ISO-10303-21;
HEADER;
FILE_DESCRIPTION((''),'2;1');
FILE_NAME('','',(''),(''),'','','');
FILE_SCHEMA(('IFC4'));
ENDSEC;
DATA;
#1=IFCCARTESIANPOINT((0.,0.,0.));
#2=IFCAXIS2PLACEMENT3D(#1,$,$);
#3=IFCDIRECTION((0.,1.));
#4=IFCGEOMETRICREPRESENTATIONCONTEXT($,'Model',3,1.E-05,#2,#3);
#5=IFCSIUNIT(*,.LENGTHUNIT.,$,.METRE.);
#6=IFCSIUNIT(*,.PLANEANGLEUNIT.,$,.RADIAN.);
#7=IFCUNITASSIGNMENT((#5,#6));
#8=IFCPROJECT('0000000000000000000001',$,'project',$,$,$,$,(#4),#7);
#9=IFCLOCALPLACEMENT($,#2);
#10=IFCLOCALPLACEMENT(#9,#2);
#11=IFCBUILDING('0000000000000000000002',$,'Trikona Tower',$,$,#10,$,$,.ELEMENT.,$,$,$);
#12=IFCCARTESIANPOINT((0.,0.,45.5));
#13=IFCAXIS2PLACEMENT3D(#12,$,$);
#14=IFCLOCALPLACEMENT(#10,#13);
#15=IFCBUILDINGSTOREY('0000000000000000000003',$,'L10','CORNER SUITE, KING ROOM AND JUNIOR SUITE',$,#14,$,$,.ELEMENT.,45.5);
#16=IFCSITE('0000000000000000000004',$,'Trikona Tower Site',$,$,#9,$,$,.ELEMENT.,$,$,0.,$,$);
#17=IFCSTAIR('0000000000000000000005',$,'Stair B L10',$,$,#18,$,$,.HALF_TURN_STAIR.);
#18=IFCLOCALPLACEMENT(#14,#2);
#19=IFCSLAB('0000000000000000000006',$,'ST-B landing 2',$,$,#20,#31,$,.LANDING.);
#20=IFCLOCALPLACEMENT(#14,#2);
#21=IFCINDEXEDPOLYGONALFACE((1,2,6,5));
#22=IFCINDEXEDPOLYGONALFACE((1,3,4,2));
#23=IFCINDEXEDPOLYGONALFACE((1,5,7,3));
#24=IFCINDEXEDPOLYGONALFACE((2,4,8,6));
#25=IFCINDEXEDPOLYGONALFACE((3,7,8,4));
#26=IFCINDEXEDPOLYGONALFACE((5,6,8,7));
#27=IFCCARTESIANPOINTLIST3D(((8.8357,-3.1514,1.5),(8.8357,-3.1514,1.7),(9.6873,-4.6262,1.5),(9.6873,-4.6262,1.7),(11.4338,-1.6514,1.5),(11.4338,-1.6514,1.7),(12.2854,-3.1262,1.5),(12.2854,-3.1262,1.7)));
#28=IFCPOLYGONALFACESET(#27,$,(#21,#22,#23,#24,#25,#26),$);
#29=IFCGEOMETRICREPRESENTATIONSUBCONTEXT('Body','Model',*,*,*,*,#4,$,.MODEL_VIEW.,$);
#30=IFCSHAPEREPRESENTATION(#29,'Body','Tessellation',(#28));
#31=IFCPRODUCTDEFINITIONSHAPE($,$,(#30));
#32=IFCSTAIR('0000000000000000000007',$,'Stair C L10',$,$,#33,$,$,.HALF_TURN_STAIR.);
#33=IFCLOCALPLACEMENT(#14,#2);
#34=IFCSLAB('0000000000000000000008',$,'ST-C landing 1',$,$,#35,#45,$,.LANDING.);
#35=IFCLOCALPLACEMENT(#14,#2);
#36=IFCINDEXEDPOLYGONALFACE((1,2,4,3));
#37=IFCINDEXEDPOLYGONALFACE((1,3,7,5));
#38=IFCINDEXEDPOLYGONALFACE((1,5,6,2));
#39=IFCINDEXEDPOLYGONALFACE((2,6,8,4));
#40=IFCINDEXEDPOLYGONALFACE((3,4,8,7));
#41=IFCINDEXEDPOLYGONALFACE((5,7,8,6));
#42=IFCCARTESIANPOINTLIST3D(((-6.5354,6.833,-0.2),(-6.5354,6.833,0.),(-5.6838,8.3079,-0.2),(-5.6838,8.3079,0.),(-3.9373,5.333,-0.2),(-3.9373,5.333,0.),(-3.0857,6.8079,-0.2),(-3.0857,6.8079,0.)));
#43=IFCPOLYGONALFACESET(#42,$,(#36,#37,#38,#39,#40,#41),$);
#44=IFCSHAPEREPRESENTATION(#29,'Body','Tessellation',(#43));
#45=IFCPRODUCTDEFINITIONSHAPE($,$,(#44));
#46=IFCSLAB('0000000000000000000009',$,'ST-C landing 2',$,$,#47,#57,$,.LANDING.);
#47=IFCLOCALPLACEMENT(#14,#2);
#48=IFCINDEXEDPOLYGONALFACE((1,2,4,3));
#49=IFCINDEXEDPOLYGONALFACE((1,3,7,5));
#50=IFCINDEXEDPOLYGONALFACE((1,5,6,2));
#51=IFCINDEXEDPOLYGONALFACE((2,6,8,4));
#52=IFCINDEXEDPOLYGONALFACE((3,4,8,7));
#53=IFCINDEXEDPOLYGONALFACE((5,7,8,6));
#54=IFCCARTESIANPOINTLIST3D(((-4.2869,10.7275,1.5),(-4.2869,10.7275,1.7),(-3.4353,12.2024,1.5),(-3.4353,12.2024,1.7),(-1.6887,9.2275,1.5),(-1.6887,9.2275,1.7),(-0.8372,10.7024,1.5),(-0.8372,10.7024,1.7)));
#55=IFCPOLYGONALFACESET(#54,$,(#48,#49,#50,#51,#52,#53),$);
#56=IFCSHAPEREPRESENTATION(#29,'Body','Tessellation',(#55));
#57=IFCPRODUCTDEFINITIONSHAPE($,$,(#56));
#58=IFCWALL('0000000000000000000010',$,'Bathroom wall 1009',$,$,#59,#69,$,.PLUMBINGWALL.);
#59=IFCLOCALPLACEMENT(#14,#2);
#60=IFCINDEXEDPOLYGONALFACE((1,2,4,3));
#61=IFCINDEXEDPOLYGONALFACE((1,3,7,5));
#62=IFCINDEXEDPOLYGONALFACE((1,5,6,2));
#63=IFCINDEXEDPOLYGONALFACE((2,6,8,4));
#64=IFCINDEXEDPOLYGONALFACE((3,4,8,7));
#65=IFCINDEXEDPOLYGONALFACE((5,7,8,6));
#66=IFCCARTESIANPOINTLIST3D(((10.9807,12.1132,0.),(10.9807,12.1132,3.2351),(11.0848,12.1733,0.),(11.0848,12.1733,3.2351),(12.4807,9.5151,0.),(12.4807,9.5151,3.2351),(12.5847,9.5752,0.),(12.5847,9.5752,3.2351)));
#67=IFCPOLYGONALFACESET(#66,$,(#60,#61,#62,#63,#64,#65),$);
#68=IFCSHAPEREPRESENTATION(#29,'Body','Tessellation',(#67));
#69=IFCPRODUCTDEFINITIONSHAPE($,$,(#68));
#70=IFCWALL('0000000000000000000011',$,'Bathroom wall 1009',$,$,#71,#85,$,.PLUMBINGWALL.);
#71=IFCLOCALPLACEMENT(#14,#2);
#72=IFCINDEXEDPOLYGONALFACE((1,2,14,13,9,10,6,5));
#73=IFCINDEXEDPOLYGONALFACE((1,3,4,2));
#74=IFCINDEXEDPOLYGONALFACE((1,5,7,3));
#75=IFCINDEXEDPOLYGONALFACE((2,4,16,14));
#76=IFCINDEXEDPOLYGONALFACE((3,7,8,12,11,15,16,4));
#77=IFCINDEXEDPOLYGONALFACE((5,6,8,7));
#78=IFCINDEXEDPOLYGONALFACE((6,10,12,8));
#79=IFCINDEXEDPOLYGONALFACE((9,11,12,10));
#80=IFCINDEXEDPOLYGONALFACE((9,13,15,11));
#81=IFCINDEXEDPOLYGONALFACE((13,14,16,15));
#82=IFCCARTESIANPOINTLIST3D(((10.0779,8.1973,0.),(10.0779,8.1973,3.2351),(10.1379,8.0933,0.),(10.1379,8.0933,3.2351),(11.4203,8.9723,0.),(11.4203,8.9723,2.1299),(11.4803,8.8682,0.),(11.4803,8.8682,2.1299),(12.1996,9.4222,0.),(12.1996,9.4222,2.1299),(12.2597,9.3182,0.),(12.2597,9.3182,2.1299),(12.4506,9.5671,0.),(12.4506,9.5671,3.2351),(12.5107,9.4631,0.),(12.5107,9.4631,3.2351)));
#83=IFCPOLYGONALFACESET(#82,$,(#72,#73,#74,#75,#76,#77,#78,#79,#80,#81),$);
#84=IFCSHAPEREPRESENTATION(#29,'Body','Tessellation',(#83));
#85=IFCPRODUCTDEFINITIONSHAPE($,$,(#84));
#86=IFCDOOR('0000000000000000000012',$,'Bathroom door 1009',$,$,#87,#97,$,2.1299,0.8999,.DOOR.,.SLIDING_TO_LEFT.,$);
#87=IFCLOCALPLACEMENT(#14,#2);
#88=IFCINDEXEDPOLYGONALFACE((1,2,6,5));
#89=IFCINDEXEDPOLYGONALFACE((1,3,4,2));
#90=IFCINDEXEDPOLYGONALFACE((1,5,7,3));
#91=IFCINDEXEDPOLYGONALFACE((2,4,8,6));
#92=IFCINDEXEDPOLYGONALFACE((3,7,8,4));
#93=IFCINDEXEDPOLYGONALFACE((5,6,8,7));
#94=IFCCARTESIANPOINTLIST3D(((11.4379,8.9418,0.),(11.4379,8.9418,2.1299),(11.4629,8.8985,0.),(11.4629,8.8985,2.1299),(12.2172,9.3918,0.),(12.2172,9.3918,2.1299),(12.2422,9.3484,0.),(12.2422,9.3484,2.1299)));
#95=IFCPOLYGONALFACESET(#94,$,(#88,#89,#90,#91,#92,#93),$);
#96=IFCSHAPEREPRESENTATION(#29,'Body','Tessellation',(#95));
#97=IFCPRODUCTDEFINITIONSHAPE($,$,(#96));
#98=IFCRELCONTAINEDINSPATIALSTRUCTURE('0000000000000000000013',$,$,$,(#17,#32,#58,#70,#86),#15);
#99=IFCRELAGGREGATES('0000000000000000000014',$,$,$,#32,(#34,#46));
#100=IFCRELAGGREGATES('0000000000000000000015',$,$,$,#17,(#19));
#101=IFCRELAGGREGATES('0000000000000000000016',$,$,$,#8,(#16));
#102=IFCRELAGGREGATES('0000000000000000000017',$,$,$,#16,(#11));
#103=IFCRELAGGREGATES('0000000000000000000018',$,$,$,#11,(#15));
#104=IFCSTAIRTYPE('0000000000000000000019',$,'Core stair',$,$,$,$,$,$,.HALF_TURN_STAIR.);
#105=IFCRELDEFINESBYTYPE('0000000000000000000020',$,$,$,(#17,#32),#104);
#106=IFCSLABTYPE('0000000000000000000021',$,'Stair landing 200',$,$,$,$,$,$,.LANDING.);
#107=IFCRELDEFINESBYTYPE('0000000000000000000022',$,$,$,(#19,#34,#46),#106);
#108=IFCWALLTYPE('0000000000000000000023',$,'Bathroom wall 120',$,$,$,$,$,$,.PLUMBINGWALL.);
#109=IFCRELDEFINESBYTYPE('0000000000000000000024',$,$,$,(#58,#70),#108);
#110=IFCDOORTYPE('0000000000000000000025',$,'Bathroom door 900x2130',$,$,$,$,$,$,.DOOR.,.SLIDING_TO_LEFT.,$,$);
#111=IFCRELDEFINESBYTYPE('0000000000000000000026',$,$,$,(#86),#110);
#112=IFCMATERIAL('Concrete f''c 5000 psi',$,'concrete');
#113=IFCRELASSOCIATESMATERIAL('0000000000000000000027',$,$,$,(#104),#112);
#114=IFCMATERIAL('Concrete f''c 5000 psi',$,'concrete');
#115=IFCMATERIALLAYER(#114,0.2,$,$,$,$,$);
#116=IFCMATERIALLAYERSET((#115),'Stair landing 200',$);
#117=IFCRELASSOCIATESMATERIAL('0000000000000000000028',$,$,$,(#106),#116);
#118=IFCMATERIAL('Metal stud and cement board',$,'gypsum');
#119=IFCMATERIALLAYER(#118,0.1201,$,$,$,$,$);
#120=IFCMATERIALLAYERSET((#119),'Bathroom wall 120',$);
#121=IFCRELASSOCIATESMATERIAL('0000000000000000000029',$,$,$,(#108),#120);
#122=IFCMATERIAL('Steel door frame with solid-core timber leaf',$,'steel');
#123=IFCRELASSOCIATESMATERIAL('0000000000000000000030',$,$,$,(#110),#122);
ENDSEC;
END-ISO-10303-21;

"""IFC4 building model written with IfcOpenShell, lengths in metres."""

from ifc_helpers import new_model, si_unit, direction, frame, frame_2d, origin, place, context, subcontext, project, spatial, polyline, rectangle, outline, extrude, material, layer, layer_set, type_object, element, fill, aggregate, save


model = new_model("IFC4")

# Units and contexts
model_context = context("Model", 3, precision=1e-05, world=origin(), true_north=direction((0.0, 1.0)))
body_context = subcontext(model_context, "Body", "Model", "MODEL_VIEW")
ifc_project = project(units=[si_unit("LENGTHUNIT", "METRE"), si_unit("PLANEANGLEUNIT", "RADIAN")], contexts=[model_context])

# Site, building, storey
site_placement = place(None, origin())
site = spatial("IfcSite", under=ifc_project, at=site_placement, Name="Trikona Tower Site", CompositionType="ELEMENT", RefElevation=0.0)
building_placement = place(site_placement, origin())
building = spatial("IfcBuilding", under=site, at=building_placement, Name="Trikona Tower", CompositionType="ELEMENT")
storey_placement = place(building_placement, frame((0.0, 0.0, 45.5)))
storey = spatial("IfcBuildingStorey", under=building, at=storey_placement, Name="L10", Description="CORNER SUITE, KING ROOM AND JUNIOR SUITE", CompositionType="ELEMENT", Elevation=45.5)

# Stairs, slabs
ifc_material_1 = material(Name="Concrete f'c 5000 psi", Category="concrete")
stair_type = type_object("IfcStairType", Name="Core stair", PredefinedType="HALF_TURN_STAIR", material=ifc_material_1)
ifc_material_2 = material(Name="Concrete f'c 5000 psi", Category="concrete")
ifc_layer_1 = layer(ifc_material_2, 0.2)
ifc_layer_set_1 = layer_set([ifc_layer_1], Name="Stair landing 200")
slab_type_1 = type_object("IfcSlabType", Name="Stair landing 200", PredefinedType="LANDING", material=ifc_layer_set_1)
stair_1_placement = place(storey_placement, origin())
stair_1 = element("IfcStair", 1, at=stair_1_placement, inside=storey, type_object=stair_type, Name="Stair B L10", PredefinedType="HALF_TURN_STAIR")
slab_1_placement = place(storey_placement, frame((0.0, 0.0, 1.5)))
slab_1 = element("IfcSlab", 2, at=slab_1_placement, type_object=slab_type_1, Name="ST-B landing 2", PredefinedType="LANDING", context=body_context, shape_type="SweptSolid", body=[
    extrude(outline(polyline([(9.6873, -4.6262), (8.8357, -3.1514), (11.4338, -1.6514), (12.2854, -3.1262), (9.6873, -4.6262)])), origin(), (0.0, 0.0, 1.0), 0.2),
])
stair_2_placement = place(storey_placement, origin())
stair_2 = element("IfcStair", 3, at=stair_2_placement, inside=storey, type_object=stair_type, Name="Stair C L10", PredefinedType="HALF_TURN_STAIR")
slab_2_placement = place(storey_placement, frame((0.0, 0.0, -0.2)))
slab_2 = element("IfcSlab", 4, at=slab_2_placement, type_object=slab_type_1, Name="ST-C landing 1", PredefinedType="LANDING", context=body_context, shape_type="SweptSolid", body=[
    extrude(outline(polyline([(-3.0857, 6.8079), (-3.9373, 5.333), (-6.5354, 6.833), (-5.6838, 8.3079), (-3.0857, 6.8079)])), origin(), (0.0, 0.0, 1.0), 0.2),
])
slab_3_placement = place(storey_placement, frame((0.0, 0.0, 1.5)))
slab_3 = element("IfcSlab", 5, at=slab_3_placement, type_object=slab_type_1, Name="ST-C landing 2", PredefinedType="LANDING", context=body_context, shape_type="SweptSolid", body=[
    extrude(outline(polyline([(-0.8372, 10.7024), (-1.6887, 9.2275), (-4.2869, 10.7275), (-3.4353, 12.2024), (-0.8372, 10.7024)])), origin(), (0.0, 0.0, 1.0), 0.2),
])
aggregate(stair_2, [slab_2, slab_3])

# Wall
ifc_material_3 = material(Name="Metal stud and cement board", Category="gypsum")
ifc_layer_2 = layer(ifc_material_3, 0.1201)
ifc_layer_set_2 = layer_set([ifc_layer_2], Name="Bathroom wall 120")
wall_type_1 = type_object("IfcWallType", Name="Bathroom wall 120", PredefinedType="PLUMBINGWALL", material=ifc_layer_set_2)
wall_1_placement = place(storey_placement, frame((12.5327, 9.5452, 0.0), z_axis=(0.0, 0.0, 1.0), x_axis=(-0.49999, 0.866031, 0.0)))
element("IfcWall", 6, at=wall_1_placement, inside=storey, type_object=wall_type_1, Name="Bathroom wall 1009", PredefinedType="PLUMBINGWALL", context=body_context, shape_type="SweptSolid", body=[
    extrude(rectangle(XDim=3.0, YDim=0.1201, at=frame_2d((1.5, 0.0))), origin(), (0.0, 0.0, 1.0), 3.2351),
])

# Wall, opening, door
wall_2_placement = place(storey_placement, frame((10.1079, 8.1453, 0.0), z_axis=(0.0, 0.0, 1.0), x_axis=(0.866036, 0.499982, 0.0)))
wall_2 = element("IfcWall", 7, at=wall_2_placement, inside=storey, type_object=wall_type_1, Name="Bathroom wall 1009", PredefinedType="PLUMBINGWALL", context=body_context, shape_type="SweptSolid", body=[
    extrude(rectangle(XDim=2.7397, YDim=0.1201, at=frame_2d((1.3699, 0.0))), origin(), (0.0, 0.0, 1.0), 3.2351),
])
opening_1_placement = place(wall_2_placement, frame((1.55, 0.0, 0.0)))
opening_1 = element("IfcOpeningElement", 8, at=opening_1_placement, cuts=wall_2, PredefinedType="OPENING", context=body_context, shape_type="SweptSolid", body=[
    extrude(rectangle(XDim=0.8999, YDim=2.1299, at=frame_2d((0.45, 1.0649))), frame((0.0, 0.0701, 0.0), z_axis=(0.0, -1.0, 0.0), x_axis=(1.0, 0.0, 0.0)), (0.0, 0.0, 1.0), 0.1401),
])
ifc_material_4 = material(Name="Steel door frame with solid-core timber leaf", Category="steel")
door_type_1 = type_object("IfcDoorType", Name="Bathroom door 900x2130", OperationType="SLIDING_TO_LEFT", PredefinedType="DOOR", material=ifc_material_4)
door_1_placement = place(opening_1_placement, origin())
door_1 = element("IfcDoor", 9, at=door_1_placement, inside=storey, type_object=door_type_1, Name="Bathroom door 1009", OperationType="SLIDING_TO_LEFT", OverallHeight=2.1299, OverallWidth=0.8999, PredefinedType="DOOR", context=body_context, shape_type="SweptSolid", body=[
    extrude(rectangle(XDim=0.8999, YDim=2.1299, at=frame_2d((0.45, 1.0649))), frame((0.0, 0.0249, 0.0), z_axis=(0.0, -1.0, 0.0), x_axis=(1.0, 0.0, 0.0)), (0.0, 0.0, 1.0), 0.05),
])
fill(opening_1, door_1)

aggregate(stair_1, [slab_1])

save(model, "model.ifc")
